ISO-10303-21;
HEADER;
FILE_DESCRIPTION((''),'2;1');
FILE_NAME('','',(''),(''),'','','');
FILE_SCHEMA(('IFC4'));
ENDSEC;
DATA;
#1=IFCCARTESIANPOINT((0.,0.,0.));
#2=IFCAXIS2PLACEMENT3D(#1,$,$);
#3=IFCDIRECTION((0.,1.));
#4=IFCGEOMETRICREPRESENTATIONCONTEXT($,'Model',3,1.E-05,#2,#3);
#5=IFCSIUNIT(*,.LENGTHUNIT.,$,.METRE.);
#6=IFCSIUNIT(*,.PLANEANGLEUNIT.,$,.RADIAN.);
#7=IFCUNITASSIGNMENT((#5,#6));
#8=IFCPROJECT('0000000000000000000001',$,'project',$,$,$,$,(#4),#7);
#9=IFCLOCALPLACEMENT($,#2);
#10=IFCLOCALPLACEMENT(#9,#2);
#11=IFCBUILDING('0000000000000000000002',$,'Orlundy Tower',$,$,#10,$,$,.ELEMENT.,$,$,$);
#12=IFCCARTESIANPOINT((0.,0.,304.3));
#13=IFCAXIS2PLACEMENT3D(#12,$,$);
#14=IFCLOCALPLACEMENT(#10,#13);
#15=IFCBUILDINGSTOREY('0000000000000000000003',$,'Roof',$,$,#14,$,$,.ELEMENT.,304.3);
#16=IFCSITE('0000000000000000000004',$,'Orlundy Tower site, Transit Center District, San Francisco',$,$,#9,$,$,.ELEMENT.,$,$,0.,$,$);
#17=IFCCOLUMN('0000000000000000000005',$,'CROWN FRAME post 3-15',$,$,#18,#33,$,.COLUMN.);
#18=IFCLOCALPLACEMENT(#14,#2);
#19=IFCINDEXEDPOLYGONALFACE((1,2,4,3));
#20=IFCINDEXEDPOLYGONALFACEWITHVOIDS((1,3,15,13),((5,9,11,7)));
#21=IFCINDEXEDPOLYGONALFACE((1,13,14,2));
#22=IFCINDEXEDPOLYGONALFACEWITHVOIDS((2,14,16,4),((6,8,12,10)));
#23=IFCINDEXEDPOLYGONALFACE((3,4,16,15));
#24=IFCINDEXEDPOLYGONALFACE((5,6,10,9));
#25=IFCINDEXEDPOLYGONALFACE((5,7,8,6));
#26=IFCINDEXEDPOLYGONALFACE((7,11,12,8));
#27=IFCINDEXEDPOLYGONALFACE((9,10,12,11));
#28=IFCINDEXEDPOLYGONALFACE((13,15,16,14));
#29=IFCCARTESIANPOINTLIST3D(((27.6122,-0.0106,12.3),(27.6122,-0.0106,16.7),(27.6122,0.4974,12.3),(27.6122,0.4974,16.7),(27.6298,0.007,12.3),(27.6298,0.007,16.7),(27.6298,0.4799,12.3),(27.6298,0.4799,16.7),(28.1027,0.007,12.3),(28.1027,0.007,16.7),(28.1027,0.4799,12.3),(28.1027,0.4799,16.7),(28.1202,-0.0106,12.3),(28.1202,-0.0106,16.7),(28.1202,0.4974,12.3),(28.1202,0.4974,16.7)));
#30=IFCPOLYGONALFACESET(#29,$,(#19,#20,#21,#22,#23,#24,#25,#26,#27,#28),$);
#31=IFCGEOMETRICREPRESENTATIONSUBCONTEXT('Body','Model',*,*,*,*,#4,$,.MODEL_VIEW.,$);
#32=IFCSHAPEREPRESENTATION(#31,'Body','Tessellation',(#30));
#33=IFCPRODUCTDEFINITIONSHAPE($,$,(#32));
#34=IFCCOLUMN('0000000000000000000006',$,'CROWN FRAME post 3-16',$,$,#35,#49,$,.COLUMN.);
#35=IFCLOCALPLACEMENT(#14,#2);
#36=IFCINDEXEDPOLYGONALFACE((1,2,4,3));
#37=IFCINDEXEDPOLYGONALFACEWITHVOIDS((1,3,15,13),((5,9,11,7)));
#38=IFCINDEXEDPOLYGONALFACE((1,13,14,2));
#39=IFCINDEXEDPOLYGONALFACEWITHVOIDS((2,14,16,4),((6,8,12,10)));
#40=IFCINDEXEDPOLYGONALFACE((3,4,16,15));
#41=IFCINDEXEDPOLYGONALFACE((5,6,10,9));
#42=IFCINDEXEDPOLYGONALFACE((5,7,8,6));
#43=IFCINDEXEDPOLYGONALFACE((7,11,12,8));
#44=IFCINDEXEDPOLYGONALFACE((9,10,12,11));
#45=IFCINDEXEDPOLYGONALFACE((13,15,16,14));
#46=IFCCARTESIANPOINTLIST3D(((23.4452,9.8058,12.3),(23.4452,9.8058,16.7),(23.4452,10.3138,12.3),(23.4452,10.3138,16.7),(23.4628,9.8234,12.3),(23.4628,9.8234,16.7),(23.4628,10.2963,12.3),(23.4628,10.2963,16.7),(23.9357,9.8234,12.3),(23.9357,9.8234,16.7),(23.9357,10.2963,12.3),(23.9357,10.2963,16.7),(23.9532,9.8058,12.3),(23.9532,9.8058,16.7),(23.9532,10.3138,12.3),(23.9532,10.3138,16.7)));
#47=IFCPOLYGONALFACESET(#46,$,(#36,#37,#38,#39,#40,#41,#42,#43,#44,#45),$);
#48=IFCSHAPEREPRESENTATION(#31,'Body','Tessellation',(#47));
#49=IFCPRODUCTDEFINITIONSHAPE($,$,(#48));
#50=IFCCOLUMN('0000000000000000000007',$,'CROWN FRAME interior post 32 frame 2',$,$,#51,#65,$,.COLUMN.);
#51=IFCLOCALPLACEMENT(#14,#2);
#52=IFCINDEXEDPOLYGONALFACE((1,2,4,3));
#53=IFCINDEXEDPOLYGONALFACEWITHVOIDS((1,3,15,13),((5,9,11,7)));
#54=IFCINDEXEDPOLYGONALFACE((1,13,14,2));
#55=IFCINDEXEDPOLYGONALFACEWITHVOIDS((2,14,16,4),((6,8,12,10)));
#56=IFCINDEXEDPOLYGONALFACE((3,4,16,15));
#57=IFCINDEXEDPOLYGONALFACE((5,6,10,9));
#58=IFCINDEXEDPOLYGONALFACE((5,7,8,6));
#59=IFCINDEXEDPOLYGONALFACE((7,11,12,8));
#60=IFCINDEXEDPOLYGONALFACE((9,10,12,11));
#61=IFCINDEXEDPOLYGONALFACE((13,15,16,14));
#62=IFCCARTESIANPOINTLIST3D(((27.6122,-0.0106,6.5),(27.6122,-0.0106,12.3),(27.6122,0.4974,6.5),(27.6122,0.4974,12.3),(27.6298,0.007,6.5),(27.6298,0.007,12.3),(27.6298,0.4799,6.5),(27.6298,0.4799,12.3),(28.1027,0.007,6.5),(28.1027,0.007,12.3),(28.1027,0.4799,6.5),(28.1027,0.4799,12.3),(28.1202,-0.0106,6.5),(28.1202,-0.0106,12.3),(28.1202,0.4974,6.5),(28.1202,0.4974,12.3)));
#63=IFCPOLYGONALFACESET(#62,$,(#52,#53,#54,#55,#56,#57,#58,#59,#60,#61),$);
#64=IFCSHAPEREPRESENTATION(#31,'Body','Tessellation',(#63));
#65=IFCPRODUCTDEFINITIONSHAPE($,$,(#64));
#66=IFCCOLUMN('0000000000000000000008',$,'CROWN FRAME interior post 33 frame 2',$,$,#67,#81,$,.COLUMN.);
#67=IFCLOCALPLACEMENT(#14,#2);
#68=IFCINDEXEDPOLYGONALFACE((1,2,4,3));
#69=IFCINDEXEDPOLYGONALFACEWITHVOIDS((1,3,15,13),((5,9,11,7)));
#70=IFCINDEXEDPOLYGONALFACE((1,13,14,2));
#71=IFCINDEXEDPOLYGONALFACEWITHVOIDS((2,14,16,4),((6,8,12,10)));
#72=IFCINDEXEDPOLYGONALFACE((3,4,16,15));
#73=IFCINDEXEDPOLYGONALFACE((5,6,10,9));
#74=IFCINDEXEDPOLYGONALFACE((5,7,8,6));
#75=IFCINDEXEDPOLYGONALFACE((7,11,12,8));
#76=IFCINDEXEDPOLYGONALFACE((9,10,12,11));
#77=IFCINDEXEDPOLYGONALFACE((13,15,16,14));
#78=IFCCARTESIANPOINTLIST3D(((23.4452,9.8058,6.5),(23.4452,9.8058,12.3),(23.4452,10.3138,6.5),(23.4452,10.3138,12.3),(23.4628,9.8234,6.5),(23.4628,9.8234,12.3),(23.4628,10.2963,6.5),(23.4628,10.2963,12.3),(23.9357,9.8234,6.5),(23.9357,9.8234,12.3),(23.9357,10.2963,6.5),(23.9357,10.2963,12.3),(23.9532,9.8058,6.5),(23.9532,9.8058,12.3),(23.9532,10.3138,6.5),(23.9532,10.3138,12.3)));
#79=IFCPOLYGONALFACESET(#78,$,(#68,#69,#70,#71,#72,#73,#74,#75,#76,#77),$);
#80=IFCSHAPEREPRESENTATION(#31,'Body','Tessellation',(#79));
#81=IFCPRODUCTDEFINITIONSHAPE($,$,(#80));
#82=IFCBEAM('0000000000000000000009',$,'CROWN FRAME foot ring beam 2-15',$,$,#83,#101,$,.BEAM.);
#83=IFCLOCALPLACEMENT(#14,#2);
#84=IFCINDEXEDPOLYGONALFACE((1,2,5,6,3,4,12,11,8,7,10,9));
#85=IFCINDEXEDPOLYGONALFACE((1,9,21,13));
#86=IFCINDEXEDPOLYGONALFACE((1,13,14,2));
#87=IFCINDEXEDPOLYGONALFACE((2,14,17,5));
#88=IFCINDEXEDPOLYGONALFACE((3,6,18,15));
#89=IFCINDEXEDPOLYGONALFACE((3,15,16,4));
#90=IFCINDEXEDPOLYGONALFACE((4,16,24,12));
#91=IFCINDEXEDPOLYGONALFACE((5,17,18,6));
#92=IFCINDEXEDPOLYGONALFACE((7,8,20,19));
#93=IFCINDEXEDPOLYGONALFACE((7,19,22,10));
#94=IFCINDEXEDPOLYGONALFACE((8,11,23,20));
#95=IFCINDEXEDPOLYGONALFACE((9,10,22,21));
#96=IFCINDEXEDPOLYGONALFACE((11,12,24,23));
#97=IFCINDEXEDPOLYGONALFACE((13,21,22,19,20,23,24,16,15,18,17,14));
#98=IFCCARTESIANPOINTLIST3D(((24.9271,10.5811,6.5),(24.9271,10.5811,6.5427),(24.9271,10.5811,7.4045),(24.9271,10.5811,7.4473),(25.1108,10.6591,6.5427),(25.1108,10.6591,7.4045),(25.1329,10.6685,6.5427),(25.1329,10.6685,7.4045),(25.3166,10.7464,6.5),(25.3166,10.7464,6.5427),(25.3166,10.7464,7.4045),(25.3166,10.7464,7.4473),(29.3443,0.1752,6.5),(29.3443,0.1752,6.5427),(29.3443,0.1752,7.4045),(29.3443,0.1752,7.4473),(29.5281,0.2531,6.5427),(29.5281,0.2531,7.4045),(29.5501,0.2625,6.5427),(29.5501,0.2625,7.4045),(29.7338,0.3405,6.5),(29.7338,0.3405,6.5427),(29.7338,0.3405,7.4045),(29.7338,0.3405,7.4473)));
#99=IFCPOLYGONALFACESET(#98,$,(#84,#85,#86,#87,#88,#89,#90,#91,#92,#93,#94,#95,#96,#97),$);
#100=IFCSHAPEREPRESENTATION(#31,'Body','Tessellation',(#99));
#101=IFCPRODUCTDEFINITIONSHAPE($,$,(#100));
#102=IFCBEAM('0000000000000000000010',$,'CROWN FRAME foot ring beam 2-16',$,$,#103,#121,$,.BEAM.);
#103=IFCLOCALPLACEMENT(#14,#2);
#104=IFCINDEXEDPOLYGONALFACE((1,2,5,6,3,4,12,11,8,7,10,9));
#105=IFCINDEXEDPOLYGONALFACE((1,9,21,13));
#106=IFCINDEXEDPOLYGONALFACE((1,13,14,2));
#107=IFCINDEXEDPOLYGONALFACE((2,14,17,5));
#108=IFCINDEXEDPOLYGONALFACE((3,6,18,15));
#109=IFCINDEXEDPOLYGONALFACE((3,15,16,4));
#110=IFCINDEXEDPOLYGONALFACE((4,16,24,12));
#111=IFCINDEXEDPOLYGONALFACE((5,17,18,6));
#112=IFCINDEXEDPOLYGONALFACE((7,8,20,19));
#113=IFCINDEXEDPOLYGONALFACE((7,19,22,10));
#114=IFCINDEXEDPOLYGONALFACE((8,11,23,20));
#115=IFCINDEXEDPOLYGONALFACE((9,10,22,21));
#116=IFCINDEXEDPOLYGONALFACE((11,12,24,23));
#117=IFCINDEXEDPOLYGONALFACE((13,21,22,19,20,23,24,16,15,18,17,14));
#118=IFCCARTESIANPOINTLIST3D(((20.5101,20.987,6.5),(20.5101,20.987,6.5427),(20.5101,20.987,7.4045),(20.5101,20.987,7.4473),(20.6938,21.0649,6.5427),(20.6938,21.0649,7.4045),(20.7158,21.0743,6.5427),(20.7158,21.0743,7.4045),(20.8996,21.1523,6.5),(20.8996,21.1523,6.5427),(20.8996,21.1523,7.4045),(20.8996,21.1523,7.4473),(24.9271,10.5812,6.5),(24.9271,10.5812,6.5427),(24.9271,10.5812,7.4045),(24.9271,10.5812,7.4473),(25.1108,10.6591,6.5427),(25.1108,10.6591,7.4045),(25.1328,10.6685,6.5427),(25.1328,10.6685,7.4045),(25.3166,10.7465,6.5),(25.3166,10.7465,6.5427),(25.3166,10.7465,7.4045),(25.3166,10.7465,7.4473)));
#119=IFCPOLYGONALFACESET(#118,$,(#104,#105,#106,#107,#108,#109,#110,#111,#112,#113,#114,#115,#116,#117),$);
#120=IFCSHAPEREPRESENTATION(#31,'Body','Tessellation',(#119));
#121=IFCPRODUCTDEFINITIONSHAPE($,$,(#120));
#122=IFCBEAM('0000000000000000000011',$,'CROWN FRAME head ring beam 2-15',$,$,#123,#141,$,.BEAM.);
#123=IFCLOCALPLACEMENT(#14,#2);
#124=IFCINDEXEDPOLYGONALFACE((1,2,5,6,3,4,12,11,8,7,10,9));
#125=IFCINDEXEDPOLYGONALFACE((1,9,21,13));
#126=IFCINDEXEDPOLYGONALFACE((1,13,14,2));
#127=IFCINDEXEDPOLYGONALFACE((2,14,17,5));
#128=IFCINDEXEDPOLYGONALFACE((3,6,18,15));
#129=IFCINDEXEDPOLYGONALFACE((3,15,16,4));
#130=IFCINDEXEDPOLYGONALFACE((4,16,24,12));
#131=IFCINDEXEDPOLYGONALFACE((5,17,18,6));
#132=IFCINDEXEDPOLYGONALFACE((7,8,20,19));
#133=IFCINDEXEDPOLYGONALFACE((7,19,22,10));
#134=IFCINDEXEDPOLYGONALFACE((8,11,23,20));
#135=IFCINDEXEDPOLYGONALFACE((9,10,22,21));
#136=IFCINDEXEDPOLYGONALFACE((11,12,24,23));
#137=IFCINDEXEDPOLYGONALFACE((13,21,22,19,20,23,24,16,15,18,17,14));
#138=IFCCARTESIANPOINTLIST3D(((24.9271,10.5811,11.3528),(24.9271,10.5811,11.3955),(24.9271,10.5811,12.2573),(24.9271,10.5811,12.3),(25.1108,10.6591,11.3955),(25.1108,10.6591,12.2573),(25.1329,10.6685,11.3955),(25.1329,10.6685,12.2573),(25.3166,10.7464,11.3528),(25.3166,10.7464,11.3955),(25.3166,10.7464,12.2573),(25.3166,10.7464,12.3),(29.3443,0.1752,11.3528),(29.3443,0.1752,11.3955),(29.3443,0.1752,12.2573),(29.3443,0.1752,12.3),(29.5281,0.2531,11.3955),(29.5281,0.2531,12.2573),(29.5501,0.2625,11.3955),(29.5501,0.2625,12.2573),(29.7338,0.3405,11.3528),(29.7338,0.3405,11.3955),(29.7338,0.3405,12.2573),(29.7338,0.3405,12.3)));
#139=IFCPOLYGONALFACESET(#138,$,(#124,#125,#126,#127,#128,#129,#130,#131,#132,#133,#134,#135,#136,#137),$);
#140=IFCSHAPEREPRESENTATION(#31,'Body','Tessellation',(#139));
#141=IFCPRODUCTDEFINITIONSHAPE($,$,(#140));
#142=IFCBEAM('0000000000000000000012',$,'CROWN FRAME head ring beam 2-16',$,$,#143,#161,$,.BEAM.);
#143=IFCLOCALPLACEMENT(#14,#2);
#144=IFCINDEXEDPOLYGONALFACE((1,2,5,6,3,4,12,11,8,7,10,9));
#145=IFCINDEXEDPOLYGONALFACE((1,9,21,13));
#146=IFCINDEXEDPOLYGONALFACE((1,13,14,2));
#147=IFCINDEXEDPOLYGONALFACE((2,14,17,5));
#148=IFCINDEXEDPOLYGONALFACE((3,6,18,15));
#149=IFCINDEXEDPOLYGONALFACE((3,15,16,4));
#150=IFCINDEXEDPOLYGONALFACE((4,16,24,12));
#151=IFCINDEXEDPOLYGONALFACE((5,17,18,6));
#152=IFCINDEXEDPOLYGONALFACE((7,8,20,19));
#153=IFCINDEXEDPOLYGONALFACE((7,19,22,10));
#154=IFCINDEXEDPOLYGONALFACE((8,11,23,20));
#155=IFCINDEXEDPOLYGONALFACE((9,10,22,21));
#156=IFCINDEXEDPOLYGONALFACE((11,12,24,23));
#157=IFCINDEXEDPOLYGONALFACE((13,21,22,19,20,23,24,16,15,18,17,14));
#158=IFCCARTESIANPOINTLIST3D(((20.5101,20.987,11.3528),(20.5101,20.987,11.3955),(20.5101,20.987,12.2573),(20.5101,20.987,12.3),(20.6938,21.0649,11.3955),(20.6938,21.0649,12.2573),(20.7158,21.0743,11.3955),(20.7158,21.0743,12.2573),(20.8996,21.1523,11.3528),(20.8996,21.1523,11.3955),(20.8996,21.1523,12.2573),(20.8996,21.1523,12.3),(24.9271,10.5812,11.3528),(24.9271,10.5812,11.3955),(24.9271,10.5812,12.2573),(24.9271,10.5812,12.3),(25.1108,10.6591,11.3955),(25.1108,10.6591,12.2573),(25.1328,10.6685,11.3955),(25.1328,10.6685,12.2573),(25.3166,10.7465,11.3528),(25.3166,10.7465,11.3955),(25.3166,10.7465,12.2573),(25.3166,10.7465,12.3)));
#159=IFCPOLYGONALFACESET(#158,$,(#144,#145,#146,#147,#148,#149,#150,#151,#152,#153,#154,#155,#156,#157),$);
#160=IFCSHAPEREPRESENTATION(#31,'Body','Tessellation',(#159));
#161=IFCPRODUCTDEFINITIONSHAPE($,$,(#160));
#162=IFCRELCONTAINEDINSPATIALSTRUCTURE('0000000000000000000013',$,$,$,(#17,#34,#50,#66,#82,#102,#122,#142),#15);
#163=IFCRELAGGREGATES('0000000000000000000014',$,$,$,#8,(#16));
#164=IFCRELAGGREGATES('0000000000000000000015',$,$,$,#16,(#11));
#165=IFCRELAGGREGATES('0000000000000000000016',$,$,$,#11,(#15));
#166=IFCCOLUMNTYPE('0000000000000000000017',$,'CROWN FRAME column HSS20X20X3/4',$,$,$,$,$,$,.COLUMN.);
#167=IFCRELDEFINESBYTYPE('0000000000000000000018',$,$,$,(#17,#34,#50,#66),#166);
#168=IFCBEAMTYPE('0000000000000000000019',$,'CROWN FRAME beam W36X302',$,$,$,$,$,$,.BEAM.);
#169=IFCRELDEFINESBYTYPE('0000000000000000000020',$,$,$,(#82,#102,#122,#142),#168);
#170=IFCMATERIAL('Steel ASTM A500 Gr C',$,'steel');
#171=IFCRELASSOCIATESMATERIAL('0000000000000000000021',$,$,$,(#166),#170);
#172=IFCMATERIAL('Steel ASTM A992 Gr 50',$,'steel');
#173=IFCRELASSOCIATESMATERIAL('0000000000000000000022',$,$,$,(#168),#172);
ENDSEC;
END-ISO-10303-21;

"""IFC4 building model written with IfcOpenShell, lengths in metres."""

from ifc_helpers import new_model, si_unit, direction, frame, origin, origin_2d, place, context, subcontext, project, spatial, hollow_rectangle, i_section, extrude, material, material_profile, profile_set, type_object, element, save


model = new_model("IFC4")

# Units and contexts
model_context = context("Model", 3, precision=1e-05, world=origin(), true_north=direction((0.0, 1.0)))
body_context = subcontext(model_context, "Body", "Model", "MODEL_VIEW")
ifc_project = project(units=[si_unit("LENGTHUNIT", "METRE"), si_unit("PLANEANGLEUNIT", "RADIAN")], contexts=[model_context])

# Site, building, storey
site_placement = place(None, origin())
site = spatial("IfcSite", under=ifc_project, at=site_placement, Name="Orlundy Tower site, Transit Center District, San Francisco", CompositionType="ELEMENT", RefElevation=0.0)
building_placement = place(site_placement, origin())
building = spatial("IfcBuilding", under=site, at=building_placement, Name="Orlundy Tower", CompositionType="ELEMENT")
storey_placement = place(building_placement, frame((0.0, 0.0, 304.3)))
storey = spatial("IfcBuildingStorey", under=building, at=storey_placement, Name="Roof", CompositionType="ELEMENT", Elevation=304.3)

# Columns
ifc_material_1 = material(Name="Steel ASTM A500 Gr C", Category="steel")
ifc_material_profile_1 = material_profile(ifc_material_1, hollow_rectangle(XDim=0.5081, YDim=0.5081, WallThickness=0.0176, at=origin_2d()), Name="HSS20X20X3/4")
ifc_profile_set_1 = profile_set([ifc_material_profile_1], Name="Steel ASTM A500 Gr C")
column_type = type_object("IfcColumnType", Name="CROWN FRAME column HSS20X20X3/4", PredefinedType="COLUMN", material=ifc_profile_set_1)
for number, where, z_axis, x_axis, name in (
    (1, (27.8662, 0.2434, 12.3), (0.0, 0.0, 1.0), (1.0, 0.0, 0.0), "CROWN FRAME post 3-15"),
    (2, (23.6992, 10.0598, 12.3), (0.0, 0.0, 1.0), (1.0, 0.0, 0.0), "CROWN FRAME post 3-16"),
):
    element("IfcColumn", number, at=place(storey_placement, frame(where, z_axis=z_axis, x_axis=x_axis)), inside=storey, type_object=column_type, Name=name, PredefinedType="COLUMN", context=body_context, shape_type="SweptSolid", body=[
        extrude(hollow_rectangle(XDim=0.5081, YDim=0.5081, WallThickness=0.0176, at=origin_2d()), origin(), (0.0, 0.0, 1.0), 4.3999),
    ])
for number, where, z_axis, x_axis, name in (
    (3, (27.8662, 0.2434, 6.5), (0.0, 0.0, 1.0), (1.0, 0.0, 0.0), "CROWN FRAME interior post 32 frame 2"),
    (4, (23.6992, 10.0598, 6.5), (0.0, 0.0, 1.0), (1.0, 0.0, 0.0), "CROWN FRAME interior post 33 frame 2"),
):
    element("IfcColumn", number, at=place(storey_placement, frame(where, z_axis=z_axis, x_axis=x_axis)), inside=storey, type_object=column_type, Name=name, PredefinedType="COLUMN", context=body_context, shape_type="SweptSolid", body=[
        extrude(hollow_rectangle(XDim=0.5081, YDim=0.5081, WallThickness=0.0176, at=origin_2d()), origin(), (0.0, 0.0, 1.0), 5.8),
    ])

# Beams
ifc_material_2 = material(Name="Steel ASTM A992 Gr 50", Category="steel")
ifc_material_profile_2 = material_profile(ifc_material_2, i_section(OverallWidth=0.4231, OverallDepth=0.9473, WebThickness=0.0239, FlangeThickness=0.0427, at=origin_2d()), Name="W36X302")
ifc_profile_set_2 = profile_set([ifc_material_profile_2], Name="Steel ASTM A992 Gr 50")
beam_type = type_object("IfcBeamType", Name="CROWN FRAME beam W36X302", PredefinedType="BEAM", material=ifc_profile_set_2)
beam_1_placement = place(storey_placement, frame((29.5391, 0.2578, 6.9736), z_axis=(-0.390742, 0.9205, 0.0), x_axis=(-0.9205, -0.390742, 0.0)))
element("IfcBeam", 5, at=beam_1_placement, inside=storey, type_object=beam_type, Name="CROWN FRAME foot ring beam 2-15", PredefinedType="BEAM", context=body_context, shape_type="SweptSolid", body=[
    extrude(i_section(OverallWidth=0.4231, OverallDepth=0.9473, WebThickness=0.0239, FlangeThickness=0.0427, at=origin_2d()), origin(), (0.0, 0.0, 1.0), 11.3047),
])
beam_2_placement = place(storey_placement, frame((25.1218, 10.6638, 6.9736), z_axis=(-0.390732, 0.920505, 0.0), x_axis=(-0.920505, -0.390732, 0.0)))
element("IfcBeam", 6, at=beam_2_placement, inside=storey, type_object=beam_type, Name="CROWN FRAME foot ring beam 2-16", PredefinedType="BEAM", context=body_context, shape_type="SweptSolid", body=[
    extrude(i_section(OverallWidth=0.4231, OverallDepth=0.9473, WebThickness=0.0239, FlangeThickness=0.0427, at=origin_2d()), origin(), (0.0, 0.0, 1.0), 11.3044),
])
beam_3_placement = place(storey_placement, frame((29.5391, 0.2578, 11.8264), z_axis=(-0.390742, 0.9205, 0.0), x_axis=(-0.9205, -0.390742, 0.0)))
element("IfcBeam", 7, at=beam_3_placement, inside=storey, type_object=beam_type, Name="CROWN FRAME head ring beam 2-15", PredefinedType="BEAM", context=body_context, shape_type="SweptSolid", body=[
    extrude(i_section(OverallWidth=0.4231, OverallDepth=0.9473, WebThickness=0.0239, FlangeThickness=0.0427, at=origin_2d()), origin(), (0.0, 0.0, 1.0), 11.3047),
])
beam_4_placement = place(storey_placement, frame((25.1218, 10.6638, 11.8264), z_axis=(-0.390732, 0.920505, 0.0), x_axis=(-0.920505, -0.390732, 0.0)))
element("IfcBeam", 8, at=beam_4_placement, inside=storey, type_object=beam_type, Name="CROWN FRAME head ring beam 2-16", PredefinedType="BEAM", context=body_context, shape_type="SweptSolid", body=[
    extrude(i_section(OverallWidth=0.4231, OverallDepth=0.9473, WebThickness=0.0239, FlangeThickness=0.0427, at=origin_2d()), origin(), (0.0, 0.0, 1.0), 11.3044),
])

save(model, "model.ifc")
